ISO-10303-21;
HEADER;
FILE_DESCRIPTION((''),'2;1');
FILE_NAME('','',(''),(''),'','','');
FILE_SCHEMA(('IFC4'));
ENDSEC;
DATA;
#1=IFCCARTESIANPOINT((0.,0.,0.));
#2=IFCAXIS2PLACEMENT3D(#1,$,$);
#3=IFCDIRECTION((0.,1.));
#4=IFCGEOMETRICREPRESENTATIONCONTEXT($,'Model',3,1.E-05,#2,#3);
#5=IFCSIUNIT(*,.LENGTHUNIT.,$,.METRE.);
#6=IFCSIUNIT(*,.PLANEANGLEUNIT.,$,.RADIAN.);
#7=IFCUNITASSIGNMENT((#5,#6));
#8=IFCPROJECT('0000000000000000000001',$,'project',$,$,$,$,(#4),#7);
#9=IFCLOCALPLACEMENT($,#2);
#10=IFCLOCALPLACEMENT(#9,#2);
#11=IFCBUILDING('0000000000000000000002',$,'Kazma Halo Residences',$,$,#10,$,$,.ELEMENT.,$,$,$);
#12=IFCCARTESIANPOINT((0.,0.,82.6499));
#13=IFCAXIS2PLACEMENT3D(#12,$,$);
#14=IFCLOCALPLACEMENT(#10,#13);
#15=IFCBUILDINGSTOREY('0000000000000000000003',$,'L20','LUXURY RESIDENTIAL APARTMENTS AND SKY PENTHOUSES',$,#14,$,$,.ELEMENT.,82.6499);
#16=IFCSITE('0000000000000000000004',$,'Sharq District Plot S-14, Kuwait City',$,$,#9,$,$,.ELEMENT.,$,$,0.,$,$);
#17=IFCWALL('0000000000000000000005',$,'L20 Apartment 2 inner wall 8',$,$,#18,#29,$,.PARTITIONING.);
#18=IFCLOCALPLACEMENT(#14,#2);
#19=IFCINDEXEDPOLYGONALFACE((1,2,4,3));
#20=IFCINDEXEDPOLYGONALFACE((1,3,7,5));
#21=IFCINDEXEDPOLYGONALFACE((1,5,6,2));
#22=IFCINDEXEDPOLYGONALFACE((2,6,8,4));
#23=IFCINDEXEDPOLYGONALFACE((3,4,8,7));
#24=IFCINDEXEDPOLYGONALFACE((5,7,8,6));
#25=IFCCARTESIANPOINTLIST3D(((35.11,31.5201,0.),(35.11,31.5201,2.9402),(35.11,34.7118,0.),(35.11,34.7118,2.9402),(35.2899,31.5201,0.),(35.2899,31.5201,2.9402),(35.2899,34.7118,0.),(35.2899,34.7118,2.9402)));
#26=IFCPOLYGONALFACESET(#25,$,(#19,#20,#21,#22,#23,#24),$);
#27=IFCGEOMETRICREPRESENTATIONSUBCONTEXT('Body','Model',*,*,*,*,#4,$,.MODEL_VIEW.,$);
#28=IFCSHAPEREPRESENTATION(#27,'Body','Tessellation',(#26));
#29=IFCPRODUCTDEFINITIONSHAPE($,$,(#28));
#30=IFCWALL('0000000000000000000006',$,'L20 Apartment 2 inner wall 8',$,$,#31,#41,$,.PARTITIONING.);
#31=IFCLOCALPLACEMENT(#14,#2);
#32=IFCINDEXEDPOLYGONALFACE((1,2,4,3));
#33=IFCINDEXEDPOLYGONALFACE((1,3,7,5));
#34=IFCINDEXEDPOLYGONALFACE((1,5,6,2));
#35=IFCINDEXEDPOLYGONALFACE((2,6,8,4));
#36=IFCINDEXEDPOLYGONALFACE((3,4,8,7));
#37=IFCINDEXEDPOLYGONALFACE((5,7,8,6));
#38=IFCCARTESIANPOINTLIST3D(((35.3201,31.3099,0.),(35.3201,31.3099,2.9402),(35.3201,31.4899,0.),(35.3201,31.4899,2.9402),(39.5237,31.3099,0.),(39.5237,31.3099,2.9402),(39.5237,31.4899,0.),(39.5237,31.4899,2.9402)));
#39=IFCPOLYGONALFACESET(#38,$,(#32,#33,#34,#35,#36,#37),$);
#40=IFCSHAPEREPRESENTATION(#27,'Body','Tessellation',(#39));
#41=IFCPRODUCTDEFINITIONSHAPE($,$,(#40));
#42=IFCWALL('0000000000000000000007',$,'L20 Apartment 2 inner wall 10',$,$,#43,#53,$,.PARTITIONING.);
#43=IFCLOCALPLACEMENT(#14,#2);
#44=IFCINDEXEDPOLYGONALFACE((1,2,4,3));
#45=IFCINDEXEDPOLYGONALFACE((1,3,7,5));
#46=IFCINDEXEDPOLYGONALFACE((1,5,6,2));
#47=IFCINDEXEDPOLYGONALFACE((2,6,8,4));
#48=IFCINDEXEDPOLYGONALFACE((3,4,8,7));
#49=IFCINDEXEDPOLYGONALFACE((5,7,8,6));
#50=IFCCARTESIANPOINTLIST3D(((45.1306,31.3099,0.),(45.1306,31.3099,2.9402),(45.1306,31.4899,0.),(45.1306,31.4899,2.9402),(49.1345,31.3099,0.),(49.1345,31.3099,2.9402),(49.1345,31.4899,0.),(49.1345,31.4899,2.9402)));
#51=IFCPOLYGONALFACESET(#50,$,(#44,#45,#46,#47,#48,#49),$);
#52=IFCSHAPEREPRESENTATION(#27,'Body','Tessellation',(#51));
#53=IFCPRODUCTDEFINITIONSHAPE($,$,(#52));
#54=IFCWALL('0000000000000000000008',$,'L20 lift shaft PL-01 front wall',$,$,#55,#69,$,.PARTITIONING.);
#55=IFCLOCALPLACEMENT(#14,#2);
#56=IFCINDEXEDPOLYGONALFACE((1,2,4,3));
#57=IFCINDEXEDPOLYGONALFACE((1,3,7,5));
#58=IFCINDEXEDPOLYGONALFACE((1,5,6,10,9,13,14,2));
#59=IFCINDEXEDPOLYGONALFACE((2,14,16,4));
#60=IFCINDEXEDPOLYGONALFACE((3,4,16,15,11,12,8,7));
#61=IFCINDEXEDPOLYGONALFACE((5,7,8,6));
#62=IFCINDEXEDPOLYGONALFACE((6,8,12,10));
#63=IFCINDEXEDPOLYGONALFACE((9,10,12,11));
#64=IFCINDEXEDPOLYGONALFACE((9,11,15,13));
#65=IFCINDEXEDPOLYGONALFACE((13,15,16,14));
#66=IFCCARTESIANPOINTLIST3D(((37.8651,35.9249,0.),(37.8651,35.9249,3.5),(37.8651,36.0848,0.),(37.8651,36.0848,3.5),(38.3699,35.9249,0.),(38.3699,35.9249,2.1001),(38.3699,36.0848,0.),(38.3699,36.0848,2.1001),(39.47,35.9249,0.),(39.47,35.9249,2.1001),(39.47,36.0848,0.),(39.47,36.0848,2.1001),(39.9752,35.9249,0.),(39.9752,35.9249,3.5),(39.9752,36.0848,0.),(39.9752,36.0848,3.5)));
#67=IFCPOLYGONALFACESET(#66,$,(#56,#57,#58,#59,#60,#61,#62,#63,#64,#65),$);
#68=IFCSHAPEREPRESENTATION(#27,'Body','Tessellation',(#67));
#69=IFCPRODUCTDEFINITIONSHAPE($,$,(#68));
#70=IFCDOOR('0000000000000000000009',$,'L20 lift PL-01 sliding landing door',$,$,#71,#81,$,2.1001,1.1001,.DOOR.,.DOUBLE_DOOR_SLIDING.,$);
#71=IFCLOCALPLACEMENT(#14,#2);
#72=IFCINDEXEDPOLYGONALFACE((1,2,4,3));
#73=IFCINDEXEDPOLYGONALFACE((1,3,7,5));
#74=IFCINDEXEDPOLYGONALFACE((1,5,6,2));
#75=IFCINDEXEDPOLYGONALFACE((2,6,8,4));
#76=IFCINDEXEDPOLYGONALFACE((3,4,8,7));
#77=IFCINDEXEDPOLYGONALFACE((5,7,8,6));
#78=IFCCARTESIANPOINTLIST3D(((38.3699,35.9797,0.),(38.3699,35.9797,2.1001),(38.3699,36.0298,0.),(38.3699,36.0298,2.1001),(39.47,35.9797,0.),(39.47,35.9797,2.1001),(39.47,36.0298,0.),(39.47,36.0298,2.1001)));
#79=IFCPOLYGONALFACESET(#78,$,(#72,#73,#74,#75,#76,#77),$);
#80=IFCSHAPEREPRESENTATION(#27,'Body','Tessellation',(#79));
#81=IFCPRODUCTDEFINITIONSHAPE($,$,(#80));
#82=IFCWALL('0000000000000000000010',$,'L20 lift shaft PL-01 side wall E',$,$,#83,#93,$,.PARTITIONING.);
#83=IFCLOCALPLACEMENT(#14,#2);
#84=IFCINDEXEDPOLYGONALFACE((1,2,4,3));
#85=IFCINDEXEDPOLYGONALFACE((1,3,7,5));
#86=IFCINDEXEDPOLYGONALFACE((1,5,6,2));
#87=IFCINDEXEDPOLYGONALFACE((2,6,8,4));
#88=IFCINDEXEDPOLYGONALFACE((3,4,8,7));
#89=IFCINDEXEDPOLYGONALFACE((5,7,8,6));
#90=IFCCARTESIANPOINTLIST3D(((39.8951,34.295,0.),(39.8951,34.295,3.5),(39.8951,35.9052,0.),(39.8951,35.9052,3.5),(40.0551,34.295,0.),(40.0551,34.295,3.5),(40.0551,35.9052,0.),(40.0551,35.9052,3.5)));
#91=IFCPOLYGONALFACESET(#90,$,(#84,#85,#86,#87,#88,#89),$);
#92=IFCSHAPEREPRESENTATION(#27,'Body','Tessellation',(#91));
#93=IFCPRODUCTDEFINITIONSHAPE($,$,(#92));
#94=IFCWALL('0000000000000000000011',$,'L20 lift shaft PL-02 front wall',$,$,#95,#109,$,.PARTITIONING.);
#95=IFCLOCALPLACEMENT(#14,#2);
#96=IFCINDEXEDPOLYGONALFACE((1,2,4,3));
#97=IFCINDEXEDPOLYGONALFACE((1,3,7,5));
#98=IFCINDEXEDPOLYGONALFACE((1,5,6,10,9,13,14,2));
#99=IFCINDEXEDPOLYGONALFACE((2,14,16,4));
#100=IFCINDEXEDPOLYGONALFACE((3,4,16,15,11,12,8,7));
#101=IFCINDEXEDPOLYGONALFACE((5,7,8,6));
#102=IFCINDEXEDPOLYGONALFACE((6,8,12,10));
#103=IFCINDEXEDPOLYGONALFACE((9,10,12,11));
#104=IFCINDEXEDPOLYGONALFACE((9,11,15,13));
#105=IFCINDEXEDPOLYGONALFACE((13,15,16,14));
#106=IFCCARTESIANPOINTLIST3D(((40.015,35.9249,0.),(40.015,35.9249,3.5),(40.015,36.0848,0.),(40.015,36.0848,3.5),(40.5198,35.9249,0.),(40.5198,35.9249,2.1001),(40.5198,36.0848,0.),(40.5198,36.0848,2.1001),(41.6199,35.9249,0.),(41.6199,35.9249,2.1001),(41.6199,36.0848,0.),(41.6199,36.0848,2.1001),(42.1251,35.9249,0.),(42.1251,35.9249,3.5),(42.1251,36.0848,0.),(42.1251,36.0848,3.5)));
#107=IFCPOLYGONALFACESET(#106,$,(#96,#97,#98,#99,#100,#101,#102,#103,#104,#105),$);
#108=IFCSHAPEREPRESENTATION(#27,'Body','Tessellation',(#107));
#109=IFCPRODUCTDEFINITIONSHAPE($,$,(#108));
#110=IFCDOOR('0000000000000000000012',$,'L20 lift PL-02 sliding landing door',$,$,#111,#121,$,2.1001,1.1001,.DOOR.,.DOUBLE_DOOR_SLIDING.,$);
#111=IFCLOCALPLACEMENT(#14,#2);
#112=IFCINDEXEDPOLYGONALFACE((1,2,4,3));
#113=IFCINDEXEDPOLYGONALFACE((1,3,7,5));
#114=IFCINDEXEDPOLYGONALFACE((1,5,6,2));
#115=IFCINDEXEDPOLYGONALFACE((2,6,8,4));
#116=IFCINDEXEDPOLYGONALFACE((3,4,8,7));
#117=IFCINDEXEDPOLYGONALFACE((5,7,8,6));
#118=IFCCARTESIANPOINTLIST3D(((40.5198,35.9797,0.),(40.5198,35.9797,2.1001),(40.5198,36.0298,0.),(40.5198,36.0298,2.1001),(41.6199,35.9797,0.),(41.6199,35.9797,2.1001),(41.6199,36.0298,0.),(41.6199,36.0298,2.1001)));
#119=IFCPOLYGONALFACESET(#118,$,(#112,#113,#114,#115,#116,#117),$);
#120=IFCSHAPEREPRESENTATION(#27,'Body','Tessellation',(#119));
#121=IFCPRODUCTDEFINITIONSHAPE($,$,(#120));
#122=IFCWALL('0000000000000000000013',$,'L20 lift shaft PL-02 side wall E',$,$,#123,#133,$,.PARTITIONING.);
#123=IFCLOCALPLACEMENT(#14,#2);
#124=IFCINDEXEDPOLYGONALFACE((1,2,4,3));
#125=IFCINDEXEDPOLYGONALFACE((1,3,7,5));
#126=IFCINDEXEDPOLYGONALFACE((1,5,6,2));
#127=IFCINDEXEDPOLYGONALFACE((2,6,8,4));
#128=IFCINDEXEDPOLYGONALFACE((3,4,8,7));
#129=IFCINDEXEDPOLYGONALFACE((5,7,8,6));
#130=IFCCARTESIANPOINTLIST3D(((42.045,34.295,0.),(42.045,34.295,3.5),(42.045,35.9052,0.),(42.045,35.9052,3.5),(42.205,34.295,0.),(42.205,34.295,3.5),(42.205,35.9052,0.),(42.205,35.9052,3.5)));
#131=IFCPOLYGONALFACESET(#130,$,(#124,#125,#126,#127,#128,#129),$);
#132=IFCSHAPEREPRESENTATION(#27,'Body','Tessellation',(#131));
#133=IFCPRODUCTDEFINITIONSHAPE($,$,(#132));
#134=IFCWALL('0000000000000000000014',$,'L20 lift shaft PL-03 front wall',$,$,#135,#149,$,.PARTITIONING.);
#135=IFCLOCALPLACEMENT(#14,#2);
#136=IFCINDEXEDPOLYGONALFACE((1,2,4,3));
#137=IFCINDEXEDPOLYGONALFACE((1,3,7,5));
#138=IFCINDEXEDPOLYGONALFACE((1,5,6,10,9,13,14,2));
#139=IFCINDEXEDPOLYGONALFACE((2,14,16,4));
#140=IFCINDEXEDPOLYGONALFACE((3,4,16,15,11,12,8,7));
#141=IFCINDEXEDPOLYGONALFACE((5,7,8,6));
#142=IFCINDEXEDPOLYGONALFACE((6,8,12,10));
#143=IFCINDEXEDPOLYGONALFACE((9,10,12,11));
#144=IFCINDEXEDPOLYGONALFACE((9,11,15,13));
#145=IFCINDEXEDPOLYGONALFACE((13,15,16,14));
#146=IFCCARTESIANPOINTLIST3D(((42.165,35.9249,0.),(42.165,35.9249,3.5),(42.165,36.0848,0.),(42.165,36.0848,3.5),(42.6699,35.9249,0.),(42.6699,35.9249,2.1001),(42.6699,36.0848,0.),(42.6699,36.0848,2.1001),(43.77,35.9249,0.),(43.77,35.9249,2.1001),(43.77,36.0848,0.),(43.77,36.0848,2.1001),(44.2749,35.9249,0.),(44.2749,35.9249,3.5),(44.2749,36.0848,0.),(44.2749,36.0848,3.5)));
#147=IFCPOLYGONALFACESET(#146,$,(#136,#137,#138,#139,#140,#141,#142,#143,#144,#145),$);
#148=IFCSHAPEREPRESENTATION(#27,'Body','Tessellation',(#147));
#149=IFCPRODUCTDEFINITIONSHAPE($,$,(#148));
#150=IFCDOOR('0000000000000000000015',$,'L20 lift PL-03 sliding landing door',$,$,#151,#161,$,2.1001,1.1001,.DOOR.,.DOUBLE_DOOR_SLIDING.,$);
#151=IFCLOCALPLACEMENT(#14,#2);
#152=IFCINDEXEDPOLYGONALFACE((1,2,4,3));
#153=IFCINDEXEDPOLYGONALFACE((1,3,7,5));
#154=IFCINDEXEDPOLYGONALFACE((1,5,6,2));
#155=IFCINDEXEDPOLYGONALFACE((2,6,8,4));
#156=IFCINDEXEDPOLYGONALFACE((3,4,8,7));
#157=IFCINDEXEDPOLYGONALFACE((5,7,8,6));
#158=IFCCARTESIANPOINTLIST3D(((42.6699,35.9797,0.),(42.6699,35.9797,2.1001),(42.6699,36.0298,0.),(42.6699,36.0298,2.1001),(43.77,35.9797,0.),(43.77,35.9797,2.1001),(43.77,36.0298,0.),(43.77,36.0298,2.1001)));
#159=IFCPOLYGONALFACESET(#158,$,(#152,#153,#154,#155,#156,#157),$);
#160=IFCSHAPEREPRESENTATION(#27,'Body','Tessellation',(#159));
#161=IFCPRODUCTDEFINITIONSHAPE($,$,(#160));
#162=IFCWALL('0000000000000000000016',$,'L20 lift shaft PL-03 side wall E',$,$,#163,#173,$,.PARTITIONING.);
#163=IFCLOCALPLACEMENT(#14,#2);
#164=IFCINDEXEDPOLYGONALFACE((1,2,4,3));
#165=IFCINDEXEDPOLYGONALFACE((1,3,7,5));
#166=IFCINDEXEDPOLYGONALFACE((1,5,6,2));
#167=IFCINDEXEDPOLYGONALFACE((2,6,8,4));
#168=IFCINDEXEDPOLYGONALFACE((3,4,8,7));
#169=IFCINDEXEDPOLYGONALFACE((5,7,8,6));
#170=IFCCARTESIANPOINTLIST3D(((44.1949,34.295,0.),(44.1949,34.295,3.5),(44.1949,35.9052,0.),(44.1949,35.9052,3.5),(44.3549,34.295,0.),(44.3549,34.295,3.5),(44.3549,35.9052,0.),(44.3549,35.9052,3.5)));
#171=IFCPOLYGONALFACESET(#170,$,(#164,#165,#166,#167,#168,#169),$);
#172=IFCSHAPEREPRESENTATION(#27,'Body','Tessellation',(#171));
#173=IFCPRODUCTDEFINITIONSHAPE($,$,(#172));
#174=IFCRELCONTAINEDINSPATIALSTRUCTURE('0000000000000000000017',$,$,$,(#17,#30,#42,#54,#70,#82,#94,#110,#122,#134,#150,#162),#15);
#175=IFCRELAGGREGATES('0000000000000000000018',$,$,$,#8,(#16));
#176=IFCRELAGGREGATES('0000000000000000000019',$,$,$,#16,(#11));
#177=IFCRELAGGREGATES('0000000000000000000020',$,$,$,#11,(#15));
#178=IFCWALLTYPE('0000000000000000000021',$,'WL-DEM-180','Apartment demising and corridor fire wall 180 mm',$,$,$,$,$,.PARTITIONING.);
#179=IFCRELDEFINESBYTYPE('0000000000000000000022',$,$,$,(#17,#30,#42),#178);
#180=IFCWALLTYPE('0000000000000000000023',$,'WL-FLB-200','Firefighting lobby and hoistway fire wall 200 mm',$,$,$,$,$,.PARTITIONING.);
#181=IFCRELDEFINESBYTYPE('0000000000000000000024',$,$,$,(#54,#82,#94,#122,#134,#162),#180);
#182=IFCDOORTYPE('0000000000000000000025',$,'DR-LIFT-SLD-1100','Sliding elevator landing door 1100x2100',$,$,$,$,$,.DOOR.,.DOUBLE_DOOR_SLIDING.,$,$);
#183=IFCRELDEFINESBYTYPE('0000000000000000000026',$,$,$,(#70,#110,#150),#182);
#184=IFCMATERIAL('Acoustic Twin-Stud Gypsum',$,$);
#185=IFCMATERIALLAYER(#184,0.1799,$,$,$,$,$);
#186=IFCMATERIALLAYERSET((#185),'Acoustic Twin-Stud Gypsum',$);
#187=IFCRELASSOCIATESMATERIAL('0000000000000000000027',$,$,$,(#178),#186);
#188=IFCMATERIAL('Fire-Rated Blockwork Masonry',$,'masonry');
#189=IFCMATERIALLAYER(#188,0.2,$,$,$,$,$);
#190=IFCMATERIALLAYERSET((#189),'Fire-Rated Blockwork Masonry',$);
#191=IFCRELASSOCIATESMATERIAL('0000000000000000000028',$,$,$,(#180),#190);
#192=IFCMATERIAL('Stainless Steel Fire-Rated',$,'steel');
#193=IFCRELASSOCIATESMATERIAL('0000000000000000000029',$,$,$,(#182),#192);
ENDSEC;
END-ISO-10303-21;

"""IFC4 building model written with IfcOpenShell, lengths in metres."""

from ifc_helpers import new_model, si_unit, direction, frame, frame_2d, origin, place, context, subcontext, project, spatial, rectangle, extrude, material, layer, layer_set, type_object, element, fill, save


model = new_model("IFC4")

# Units and contexts
model_context = context("Model", 3, precision=1e-05, world=origin(), true_north=direction((0.0, 1.0)))
body_context = subcontext(model_context, "Body", "Model", "MODEL_VIEW")
ifc_project = project(units=[si_unit("LENGTHUNIT", "METRE"), si_unit("PLANEANGLEUNIT", "RADIAN")], contexts=[model_context])

# Site, building, storey
site_placement = place(None, origin())
site = spatial("IfcSite", under=ifc_project, at=site_placement, Name="Sharq District Plot S-14, Kuwait City", CompositionType="ELEMENT", RefElevation=0.0)
building_placement = place(site_placement, origin())
building = spatial("IfcBuilding", under=site, at=building_placement, Name="Kazma Halo Residences", CompositionType="ELEMENT")
storey_placement = place(building_placement, frame((0.0, 0.0, 82.6499)))
storey = spatial("IfcBuildingStorey", under=building, at=storey_placement, Name="L20", Description="LUXURY RESIDENTIAL APARTMENTS AND SKY PENTHOUSES", CompositionType="ELEMENT", Elevation=82.6499)

# Shared definitions
ifc_material_1 = material(Name="Acoustic Twin-Stud Gypsum")
ifc_layer_1 = layer(ifc_material_1, 0.1799)
ifc_layer_set_1 = layer_set([ifc_layer_1], Name="Acoustic Twin-Stud Gypsum")
wall_type_1 = type_object("IfcWallType", Name="WL-DEM-180", Description="Apartment demising and corridor fire wall 180 mm", PredefinedType="PARTITIONING", material=ifc_layer_set_1)

# Walls
wall_1_placement = place(storey_placement, frame((35.2, 34.7117, 0.0), z_axis=(0.0, 0.0, 1.0), x_axis=(0.0, -1.0, 0.0)))
element("IfcWall", 1, at=wall_1_placement, inside=storey, type_object=wall_type_1, Name="L20 Apartment 2 inner wall 8", PredefinedType="PARTITIONING", context=body_context, shape_type="SweptSolid", body=[
    extrude(rectangle(XDim=3.1917, YDim=0.1799, at=frame_2d((1.5957, 0.0))), origin(), (0.0, 0.0, 1.0), 2.9402),
])
wall_2_placement = place(storey_placement, frame((35.3201, 31.3999, 0.0), z_axis=(0.0, 0.0, 1.0), x_axis=(1.0, 0.0, 0.0)))
element("IfcWall", 2, at=wall_2_placement, inside=storey, type_object=wall_type_1, Name="L20 Apartment 2 inner wall 8", PredefinedType="PARTITIONING", context=body_context, shape_type="SweptSolid", body=[
    extrude(rectangle(XDim=4.2036, YDim=0.1799, at=frame_2d((2.1018, 0.0))), origin(), (0.0, 0.0, 1.0), 2.9402),
])
wall_3_placement = place(storey_placement, frame((45.1306, 31.3999, 0.0), z_axis=(0.0, 0.0, 1.0), x_axis=(1.0, 0.0, 0.0)))
element("IfcWall", 3, at=wall_3_placement, inside=storey, type_object=wall_type_1, Name="L20 Apartment 2 inner wall 10", PredefinedType="PARTITIONING", context=body_context, shape_type="SweptSolid", body=[
    extrude(rectangle(XDim=4.0039, YDim=0.1799, at=frame_2d((2.002, 0.0))), origin(), (0.0, 0.0, 1.0), 2.9402),
])

# Wall, opening, door
ifc_material_2 = material(Name="Fire-Rated Blockwork Masonry", Category="masonry")
ifc_layer_2 = layer(ifc_material_2, 0.2)
ifc_layer_set_2 = layer_set([ifc_layer_2], Name="Fire-Rated Blockwork Masonry")
wall_type_2 = type_object("IfcWallType", Name="WL-FLB-200", Description="Firefighting lobby and hoistway fire wall 200 mm", PredefinedType="PARTITIONING", material=ifc_layer_set_2)
wall_4_placement = place(storey_placement, frame((37.865, 36.0049, 0.0), z_axis=(0.0, 0.0, 1.0), x_axis=(1.0, 0.0, 0.0)))
wall_4 = element("IfcWall", 4, at=wall_4_placement, inside=storey, type_object=wall_type_2, Name="L20 lift shaft PL-01 front wall", PredefinedType="PARTITIONING", context=body_context, shape_type="SweptSolid", body=[
    extrude(rectangle(XDim=2.1101, YDim=0.1599, at=frame_2d((1.0552, 0.0))), origin(), (0.0, 0.0, 1.0), 3.5),
])
opening_1_placement = place(wall_4_placement, frame((0.5049, 0.0, 0.0)))
opening_1 = element("IfcOpeningElement", 5, at=opening_1_placement, cuts=wall_4, PredefinedType="OPENING", context=body_context, shape_type="SweptSolid", body=[
    extrude(rectangle(XDim=1.1001, YDim=2.1001, at=frame_2d((0.55, 1.05))), frame((0.0, 0.0898, 0.0), z_axis=(0.0, -1.0, 0.0), x_axis=(1.0, 0.0, 0.0)), (0.0, 0.0, 1.0), 0.1799),
])
ifc_material_3 = material(Name="Stainless Steel Fire-Rated", Category="steel")
door_type_1 = type_object("IfcDoorType", Name="DR-LIFT-SLD-1100", Description="Sliding elevator landing door 1100x2100", OperationType="DOUBLE_DOOR_SLIDING", PredefinedType="DOOR", material=ifc_material_3)
door_1_placement = place(opening_1_placement, origin())
door_1 = element("IfcDoor", 6, at=door_1_placement, inside=storey, type_object=door_type_1, Name="L20 lift PL-01 sliding landing door", OperationType="DOUBLE_DOOR_SLIDING", OverallHeight=2.1001, OverallWidth=1.1001, PredefinedType="DOOR", context=body_context, shape_type="SweptSolid", body=[
    extrude(rectangle(XDim=1.1001, YDim=2.1001, at=frame_2d((0.55, 1.05))), frame((0.0, 0.0249, 0.0), z_axis=(0.0, -1.0, 0.0), x_axis=(1.0, 0.0, 0.0)), (0.0, 0.0, 1.0), 0.05),
])
fill(opening_1, door_1)

# Wall
wall_5_placement = place(storey_placement, frame((39.9751, 34.2949, 0.0), z_axis=(0.0, 0.0, 1.0), x_axis=(0.0, 1.0, 0.0)))
element("IfcWall", 7, at=wall_5_placement, inside=storey, type_object=wall_type_2, Name="L20 lift shaft PL-01 side wall E", PredefinedType="PARTITIONING", context=body_context, shape_type="SweptSolid", body=[
    extrude(rectangle(XDim=1.6101, YDim=0.1599, at=frame_2d((0.8052, 0.0))), origin(), (0.0, 0.0, 1.0), 3.5),
])

# Wall, opening, door
wall_6_placement = place(storey_placement, frame((40.0149, 36.0049, 0.0), z_axis=(0.0, 0.0, 1.0), x_axis=(1.0, 0.0, 0.0)))
wall_6 = element("IfcWall", 8, at=wall_6_placement, inside=storey, type_object=wall_type_2, Name="L20 lift shaft PL-02 front wall", PredefinedType="PARTITIONING", context=body_context, shape_type="SweptSolid", body=[
    extrude(rectangle(XDim=2.1101, YDim=0.1599, at=frame_2d((1.0552, 0.0))), origin(), (0.0, 0.0, 1.0), 3.5),
])
opening_2_placement = place(wall_6_placement, frame((0.5049, 0.0, 0.0)))
opening_2 = element("IfcOpeningElement", 9, at=opening_2_placement, cuts=wall_6, PredefinedType="OPENING", context=body_context, shape_type="SweptSolid", body=[
    extrude(rectangle(XDim=1.1001, YDim=2.1001, at=frame_2d((0.55, 1.05))), frame((0.0, 0.0898, 0.0), z_axis=(0.0, -1.0, 0.0), x_axis=(1.0, 0.0, 0.0)), (0.0, 0.0, 1.0), 0.1799),
])
door_2_placement = place(opening_2_placement, origin())
door_2 = element("IfcDoor", 10, at=door_2_placement, inside=storey, type_object=door_type_1, Name="L20 lift PL-02 sliding landing door", OperationType="DOUBLE_DOOR_SLIDING", OverallHeight=2.1001, OverallWidth=1.1001, PredefinedType="DOOR", context=body_context, shape_type="SweptSolid", body=[
    extrude(rectangle(XDim=1.1001, YDim=2.1001, at=frame_2d((0.55, 1.05))), frame((0.0, 0.0249, 0.0), z_axis=(0.0, -1.0, 0.0), x_axis=(1.0, 0.0, 0.0)), (0.0, 0.0, 1.0), 0.05),
])
fill(opening_2, door_2)

# Wall
wall_7_placement = place(storey_placement, frame((42.125, 34.2949, 0.0), z_axis=(0.0, 0.0, 1.0), x_axis=(0.0, 1.0, 0.0)))
element("IfcWall", 11, at=wall_7_placement, inside=storey, type_object=wall_type_2, Name="L20 lift shaft PL-02 side wall E", PredefinedType="PARTITIONING", context=body_context, shape_type="SweptSolid", body=[
    extrude(rectangle(XDim=1.6101, YDim=0.1599, at=frame_2d((0.8052, 0.0))), origin(), (0.0, 0.0, 1.0), 3.5),
])

# Wall, opening, door
wall_8_placement = place(storey_placement, frame((42.165, 36.0049, 0.0), z_axis=(0.0, 0.0, 1.0), x_axis=(1.0, 0.0, 0.0)))
wall_8 = element("IfcWall", 12, at=wall_8_placement, inside=storey, type_object=wall_type_2, Name="L20 lift shaft PL-03 front wall", PredefinedType="PARTITIONING", context=body_context, shape_type="SweptSolid", body=[
    extrude(rectangle(XDim=2.1099, YDim=0.1599, at=frame_2d((1.0549, 0.0))), origin(), (0.0, 0.0, 1.0), 3.5),
])
opening_3_placement = place(wall_8_placement, frame((0.5049, 0.0, 0.0)))
opening_3 = element("IfcOpeningElement", 13, at=opening_3_placement, cuts=wall_8, PredefinedType="OPENING", context=body_context, shape_type="SweptSolid", body=[
    extrude(rectangle(XDim=1.1001, YDim=2.1001, at=frame_2d((0.55, 1.05))), frame((0.0, 0.0898, 0.0), z_axis=(0.0, -1.0, 0.0), x_axis=(1.0, 0.0, 0.0)), (0.0, 0.0, 1.0), 0.1799),
])
door_3_placement = place(opening_3_placement, origin())
door_3 = element("IfcDoor", 14, at=door_3_placement, inside=storey, type_object=door_type_1, Name="L20 lift PL-03 sliding landing door", OperationType="DOUBLE_DOOR_SLIDING", OverallHeight=2.1001, OverallWidth=1.1001, PredefinedType="DOOR", context=body_context, shape_type="SweptSolid", body=[
    extrude(rectangle(XDim=1.1001, YDim=2.1001, at=frame_2d((0.55, 1.05))), frame((0.0, 0.0249, 0.0), z_axis=(0.0, -1.0, 0.0), x_axis=(1.0, 0.0, 0.0)), (0.0, 0.0, 1.0), 0.05),
])
fill(opening_3, door_3)

# Wall
wall_9_placement = place(storey_placement, frame((44.2749, 34.2949, 0.0), z_axis=(0.0, 0.0, 1.0), x_axis=(0.0, 1.0, 0.0)))
element("IfcWall", 15, at=wall_9_placement, inside=storey, type_object=wall_type_2, Name="L20 lift shaft PL-03 side wall E", PredefinedType="PARTITIONING", context=body_context, shape_type="SweptSolid", body=[
    extrude(rectangle(XDim=1.6101, YDim=0.1599, at=frame_2d((0.8052, 0.0))), origin(), (0.0, 0.0, 1.0), 3.5),
])

save(model, "model.ifc")
